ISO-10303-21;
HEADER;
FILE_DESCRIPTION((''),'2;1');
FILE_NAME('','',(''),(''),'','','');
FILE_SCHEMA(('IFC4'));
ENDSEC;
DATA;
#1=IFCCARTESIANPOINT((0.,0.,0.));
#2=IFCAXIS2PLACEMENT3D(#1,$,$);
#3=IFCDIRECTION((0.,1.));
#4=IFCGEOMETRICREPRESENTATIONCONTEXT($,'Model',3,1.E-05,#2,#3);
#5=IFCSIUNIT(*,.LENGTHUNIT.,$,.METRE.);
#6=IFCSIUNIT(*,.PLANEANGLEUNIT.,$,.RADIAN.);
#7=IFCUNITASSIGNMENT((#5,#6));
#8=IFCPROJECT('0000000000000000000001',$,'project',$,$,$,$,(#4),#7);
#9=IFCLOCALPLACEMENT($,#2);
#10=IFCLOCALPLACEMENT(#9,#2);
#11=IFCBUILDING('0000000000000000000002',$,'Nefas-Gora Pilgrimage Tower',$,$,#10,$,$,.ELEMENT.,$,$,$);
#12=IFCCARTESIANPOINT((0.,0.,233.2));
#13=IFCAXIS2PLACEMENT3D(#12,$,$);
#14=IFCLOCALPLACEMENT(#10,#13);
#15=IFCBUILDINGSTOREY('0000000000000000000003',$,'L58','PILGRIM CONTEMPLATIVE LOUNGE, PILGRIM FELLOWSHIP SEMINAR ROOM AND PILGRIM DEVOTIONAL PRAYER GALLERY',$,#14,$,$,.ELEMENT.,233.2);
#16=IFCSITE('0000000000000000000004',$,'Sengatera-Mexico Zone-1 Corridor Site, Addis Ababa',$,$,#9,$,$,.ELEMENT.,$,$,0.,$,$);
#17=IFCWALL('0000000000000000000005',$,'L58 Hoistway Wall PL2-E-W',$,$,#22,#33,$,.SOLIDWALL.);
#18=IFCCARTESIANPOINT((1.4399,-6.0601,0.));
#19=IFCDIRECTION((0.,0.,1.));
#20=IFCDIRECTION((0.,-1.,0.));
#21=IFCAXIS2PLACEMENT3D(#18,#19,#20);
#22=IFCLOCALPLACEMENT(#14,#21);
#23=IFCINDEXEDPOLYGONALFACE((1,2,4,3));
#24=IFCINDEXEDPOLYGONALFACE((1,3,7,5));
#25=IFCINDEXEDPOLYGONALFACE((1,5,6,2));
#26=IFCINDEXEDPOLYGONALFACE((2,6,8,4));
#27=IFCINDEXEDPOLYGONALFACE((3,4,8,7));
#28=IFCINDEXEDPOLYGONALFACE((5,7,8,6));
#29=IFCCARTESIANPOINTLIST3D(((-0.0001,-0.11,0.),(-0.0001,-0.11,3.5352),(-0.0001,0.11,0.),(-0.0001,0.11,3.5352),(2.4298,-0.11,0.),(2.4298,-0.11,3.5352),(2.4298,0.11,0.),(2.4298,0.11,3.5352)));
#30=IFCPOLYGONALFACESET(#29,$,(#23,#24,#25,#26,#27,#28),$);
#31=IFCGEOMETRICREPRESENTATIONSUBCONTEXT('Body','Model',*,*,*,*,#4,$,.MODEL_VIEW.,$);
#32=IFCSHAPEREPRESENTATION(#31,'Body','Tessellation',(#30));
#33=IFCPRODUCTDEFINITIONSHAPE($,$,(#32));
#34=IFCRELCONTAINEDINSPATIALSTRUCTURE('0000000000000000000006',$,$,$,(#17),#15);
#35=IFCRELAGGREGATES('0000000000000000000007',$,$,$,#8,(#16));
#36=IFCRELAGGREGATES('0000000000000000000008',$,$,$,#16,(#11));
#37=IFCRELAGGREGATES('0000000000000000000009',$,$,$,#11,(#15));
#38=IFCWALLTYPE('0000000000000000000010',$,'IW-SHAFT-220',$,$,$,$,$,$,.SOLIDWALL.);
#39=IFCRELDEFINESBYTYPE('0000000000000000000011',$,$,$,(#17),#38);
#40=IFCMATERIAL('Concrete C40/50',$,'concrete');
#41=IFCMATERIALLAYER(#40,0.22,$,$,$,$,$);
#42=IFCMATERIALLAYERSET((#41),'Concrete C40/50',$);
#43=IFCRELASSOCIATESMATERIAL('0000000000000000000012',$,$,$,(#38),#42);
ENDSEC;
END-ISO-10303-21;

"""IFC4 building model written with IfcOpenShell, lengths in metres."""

from ifc_helpers import new_model, si_unit, direction, frame, frame_2d, origin, place, context, subcontext, project, spatial, rectangle, extrude, source, transform, mapped, material, layer, layer_set, type_object, element, save


model = new_model("IFC4")

# Units and contexts
model_context = context("Model", 3, precision=1e-05, world=origin(), true_north=direction((0.0, 1.0)))
body_context = subcontext(model_context, "Body", "Model", "MODEL_VIEW")
ifc_project = project(units=[si_unit("LENGTHUNIT", "METRE"), si_unit("PLANEANGLEUNIT", "RADIAN")], contexts=[model_context])

# Site, building, storey
site_placement = place(None, origin())
site = spatial("IfcSite", under=ifc_project, at=site_placement, Name="Sengatera-Mexico Zone-1 Corridor Site, Addis Ababa", CompositionType="ELEMENT", RefElevation=0.0)
building_placement = place(site_placement, origin())
building = spatial("IfcBuilding", under=site, at=building_placement, Name="Nefas-Gora Pilgrimage Tower", CompositionType="ELEMENT")
storey_placement = place(building_placement, frame((0.0, 0.0, 233.2)))
storey = spatial("IfcBuildingStorey", under=building, at=storey_placement, Name="L58", Description="PILGRIM CONTEMPLATIVE LOUNGE, PILGRIM FELLOWSHIP SEMINAR ROOM AND PILGRIM DEVOTIONAL PRAYER GALLERY", CompositionType="ELEMENT", Elevation=233.2)

# Shared definitions
ifc_material_1 = material(Name="Concrete C40/50", Category="concrete")
ifc_layer_1 = layer(ifc_material_1, 0.22)
ifc_layer_set_1 = layer_set([ifc_layer_1], Name="Concrete C40/50")
wall_type_1 = type_object("IfcWallType", Name="IW-SHAFT-220", PredefinedType="SOLIDWALL", material=ifc_layer_set_1)

# Wall
shared_shape_1 = source(origin(), body_context, "Body", "SweptSolid", [
    extrude(rectangle(XDim=2.4299, YDim=0.22, at=frame_2d((1.2148, 0.0))), origin(), (0.0, 0.0, 1.0), 3.5352),
])
for number, where, z_axis, x_axis, name in (
    (1, (1.4399, -6.0601, 0.0), (0.0, 0.0, 1.0), (0.0, -1.0, 0.0), "L58 Hoistway Wall PL2-E-W"),
):
    element("IfcWall", number, at=place(storey_placement, frame(where, z_axis=z_axis, x_axis=x_axis)), inside=storey, type_object=wall_type_1, Name=name, PredefinedType="SOLIDWALL", context=body_context, shape_type="MappedRepresentation", body=[
        mapped(shared_shape_1, transform((0.0, 0.0, 0.0), x_axis=(1.0, 0.0, 0.0), y_axis=(0.0, 1.0, 0.0), z_axis=(0.0, 0.0, 1.0), scale=1.0)),
    ])

save(model, "model.ifc")
